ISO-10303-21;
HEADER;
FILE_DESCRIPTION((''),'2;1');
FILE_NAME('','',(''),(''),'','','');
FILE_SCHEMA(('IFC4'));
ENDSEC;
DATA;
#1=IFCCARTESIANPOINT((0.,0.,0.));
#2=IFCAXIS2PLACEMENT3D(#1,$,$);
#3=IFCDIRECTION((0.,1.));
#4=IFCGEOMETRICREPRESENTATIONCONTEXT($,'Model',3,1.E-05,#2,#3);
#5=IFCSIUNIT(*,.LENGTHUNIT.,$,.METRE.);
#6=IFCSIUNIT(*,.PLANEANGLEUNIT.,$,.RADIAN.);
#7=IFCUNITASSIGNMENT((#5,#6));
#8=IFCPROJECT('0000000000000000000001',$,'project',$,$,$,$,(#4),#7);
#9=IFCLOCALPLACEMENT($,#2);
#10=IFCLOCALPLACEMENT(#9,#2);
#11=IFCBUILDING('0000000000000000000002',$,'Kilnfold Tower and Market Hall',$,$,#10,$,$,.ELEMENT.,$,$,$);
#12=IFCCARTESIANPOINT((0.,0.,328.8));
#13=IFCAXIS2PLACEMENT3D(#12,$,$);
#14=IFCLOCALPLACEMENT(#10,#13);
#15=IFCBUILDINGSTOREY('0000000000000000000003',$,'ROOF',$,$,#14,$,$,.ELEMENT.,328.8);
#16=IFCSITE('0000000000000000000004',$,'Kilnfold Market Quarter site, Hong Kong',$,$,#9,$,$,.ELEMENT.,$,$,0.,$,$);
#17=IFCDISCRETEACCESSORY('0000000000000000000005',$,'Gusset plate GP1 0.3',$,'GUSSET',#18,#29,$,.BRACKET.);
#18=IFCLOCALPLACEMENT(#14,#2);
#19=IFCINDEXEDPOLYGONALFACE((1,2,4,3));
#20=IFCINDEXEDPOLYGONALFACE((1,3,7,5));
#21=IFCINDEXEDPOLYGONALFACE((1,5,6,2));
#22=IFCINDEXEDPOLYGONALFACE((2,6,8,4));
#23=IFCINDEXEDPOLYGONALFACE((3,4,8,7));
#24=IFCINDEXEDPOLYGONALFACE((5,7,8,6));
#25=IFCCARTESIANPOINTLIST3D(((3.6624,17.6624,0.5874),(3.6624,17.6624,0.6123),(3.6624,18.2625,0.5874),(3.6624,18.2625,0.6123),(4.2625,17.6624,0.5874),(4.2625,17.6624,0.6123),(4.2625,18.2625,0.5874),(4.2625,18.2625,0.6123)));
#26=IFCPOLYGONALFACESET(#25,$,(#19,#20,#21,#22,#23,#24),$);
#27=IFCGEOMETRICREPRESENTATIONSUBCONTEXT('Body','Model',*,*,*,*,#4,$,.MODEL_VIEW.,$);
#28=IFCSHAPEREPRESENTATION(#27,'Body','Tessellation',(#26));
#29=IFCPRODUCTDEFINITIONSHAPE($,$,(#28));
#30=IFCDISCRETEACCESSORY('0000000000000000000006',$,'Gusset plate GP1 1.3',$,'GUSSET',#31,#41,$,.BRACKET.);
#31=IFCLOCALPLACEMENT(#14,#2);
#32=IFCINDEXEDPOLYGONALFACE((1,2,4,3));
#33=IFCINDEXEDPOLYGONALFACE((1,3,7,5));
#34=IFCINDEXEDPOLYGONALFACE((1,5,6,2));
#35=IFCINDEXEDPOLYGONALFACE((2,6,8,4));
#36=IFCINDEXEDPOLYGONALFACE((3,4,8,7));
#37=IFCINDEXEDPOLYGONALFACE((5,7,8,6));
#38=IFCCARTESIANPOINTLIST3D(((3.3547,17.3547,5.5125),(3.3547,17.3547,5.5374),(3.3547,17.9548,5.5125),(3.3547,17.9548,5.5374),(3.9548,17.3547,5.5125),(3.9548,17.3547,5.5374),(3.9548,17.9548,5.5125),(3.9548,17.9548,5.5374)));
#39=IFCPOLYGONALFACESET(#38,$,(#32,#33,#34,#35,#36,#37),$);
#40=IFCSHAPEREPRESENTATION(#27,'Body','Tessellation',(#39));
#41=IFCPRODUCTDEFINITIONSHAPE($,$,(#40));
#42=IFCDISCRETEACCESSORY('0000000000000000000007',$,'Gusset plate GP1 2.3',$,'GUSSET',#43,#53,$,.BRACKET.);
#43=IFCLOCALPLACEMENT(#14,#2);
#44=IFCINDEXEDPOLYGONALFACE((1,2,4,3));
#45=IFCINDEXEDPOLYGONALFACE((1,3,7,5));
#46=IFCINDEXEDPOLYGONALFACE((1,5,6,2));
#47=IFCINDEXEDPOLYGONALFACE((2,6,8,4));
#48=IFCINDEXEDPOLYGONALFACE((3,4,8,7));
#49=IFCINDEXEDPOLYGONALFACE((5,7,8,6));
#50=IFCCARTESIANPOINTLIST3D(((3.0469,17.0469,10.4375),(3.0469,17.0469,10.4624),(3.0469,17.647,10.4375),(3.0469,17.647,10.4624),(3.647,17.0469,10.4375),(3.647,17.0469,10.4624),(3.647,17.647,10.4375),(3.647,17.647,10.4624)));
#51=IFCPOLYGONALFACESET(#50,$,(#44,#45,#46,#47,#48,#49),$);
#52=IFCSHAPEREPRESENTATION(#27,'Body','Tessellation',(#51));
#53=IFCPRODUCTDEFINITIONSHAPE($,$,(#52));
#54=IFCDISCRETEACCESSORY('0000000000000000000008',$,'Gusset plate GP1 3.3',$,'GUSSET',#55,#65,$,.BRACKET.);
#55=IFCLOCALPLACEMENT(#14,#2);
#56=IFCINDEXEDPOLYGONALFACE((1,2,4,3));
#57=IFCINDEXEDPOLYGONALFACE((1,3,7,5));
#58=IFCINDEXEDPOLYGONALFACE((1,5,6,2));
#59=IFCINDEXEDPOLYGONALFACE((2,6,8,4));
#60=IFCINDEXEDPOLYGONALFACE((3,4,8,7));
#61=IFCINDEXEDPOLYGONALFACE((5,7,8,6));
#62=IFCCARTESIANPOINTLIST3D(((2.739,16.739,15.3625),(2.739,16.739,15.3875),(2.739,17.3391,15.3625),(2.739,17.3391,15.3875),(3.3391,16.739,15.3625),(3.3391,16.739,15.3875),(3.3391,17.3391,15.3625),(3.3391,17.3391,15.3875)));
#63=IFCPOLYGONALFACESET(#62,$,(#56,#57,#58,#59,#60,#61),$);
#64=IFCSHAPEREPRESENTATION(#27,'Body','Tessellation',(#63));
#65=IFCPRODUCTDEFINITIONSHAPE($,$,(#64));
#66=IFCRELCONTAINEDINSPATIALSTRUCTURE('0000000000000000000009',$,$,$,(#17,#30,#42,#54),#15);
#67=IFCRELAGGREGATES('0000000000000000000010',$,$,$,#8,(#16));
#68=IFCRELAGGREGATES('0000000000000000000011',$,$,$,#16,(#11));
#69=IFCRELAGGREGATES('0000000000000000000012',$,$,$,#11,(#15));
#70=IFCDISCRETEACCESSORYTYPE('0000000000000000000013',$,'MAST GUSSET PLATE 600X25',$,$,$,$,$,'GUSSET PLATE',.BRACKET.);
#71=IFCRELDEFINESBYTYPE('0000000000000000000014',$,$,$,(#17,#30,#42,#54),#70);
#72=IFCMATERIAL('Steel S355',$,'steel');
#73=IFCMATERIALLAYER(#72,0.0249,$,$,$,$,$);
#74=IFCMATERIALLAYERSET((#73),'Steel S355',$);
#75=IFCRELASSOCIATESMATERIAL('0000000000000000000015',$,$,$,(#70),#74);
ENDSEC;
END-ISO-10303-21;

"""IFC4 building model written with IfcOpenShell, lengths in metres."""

from ifc_helpers import new_model, si_unit, direction, frame, origin, origin_2d, place, context, subcontext, project, spatial, rectangle, extrude, source, transform, mapped, material, layer, layer_set, type_object, element, save


model = new_model("IFC4")

# Units and contexts
model_context = context("Model", 3, precision=1e-05, world=origin(), true_north=direction((0.0, 1.0)))
body_context = subcontext(model_context, "Body", "Model", "MODEL_VIEW")
ifc_project = project(units=[si_unit("LENGTHUNIT", "METRE"), si_unit("PLANEANGLEUNIT", "RADIAN")], contexts=[model_context])

# Site, building, storey
site_placement = place(None, origin())
site = spatial("IfcSite", under=ifc_project, at=site_placement, Name="Kilnfold Market Quarter site, Hong Kong", CompositionType="ELEMENT", RefElevation=0.0)
building_placement = place(site_placement, origin())
building = spatial("IfcBuilding", under=site, at=building_placement, Name="Kilnfold Tower and Market Hall", CompositionType="ELEMENT")
storey_placement = place(building_placement, frame((0.0, 0.0, 328.8)))
storey = spatial("IfcBuildingStorey", under=building, at=storey_placement, Name="ROOF", CompositionType="ELEMENT", Elevation=328.8)

# Discrete accessories
ifc_material_1 = material(Name="Steel S355", Category="steel")
ifc_layer_1 = layer(ifc_material_1, 0.0249)
ifc_layer_set_1 = layer_set([ifc_layer_1], Name="Steel S355")
discrete_accessory_type_1 = type_object("IfcDiscreteAccessoryType", Name="MAST GUSSET PLATE 600X25", ElementType="GUSSET PLATE", PredefinedType="BRACKET", material=ifc_layer_set_1)
shared_shape_1 = source(origin(), body_context, "Body", "SweptSolid", [
    extrude(rectangle(XDim=0.6001, YDim=0.6001, at=origin_2d()), origin(), (0.0, 0.0, 1.0), 0.0249),
])
for number, where, z_axis, x_axis, name in (
    (1, (3.9624, 17.9624, 0.5874), (0.0, 0.0, 1.0), (1.0, 0.0, 0.0), "Gusset plate GP1 0.3"),
    (2, (3.6548, 17.6548, 5.5125), (0.0, 0.0, 1.0), (1.0, 0.0, 0.0), "Gusset plate GP1 1.3"),
    (3, (3.3469, 17.3469, 10.4375), (0.0, 0.0, 1.0), (1.0, 0.0, 0.0), "Gusset plate GP1 2.3"),
    (4, (3.0391, 17.0391, 15.3625), (0.0, 0.0, 1.0), (1.0, 0.0, 0.0), "Gusset plate GP1 3.3"),
):
    element("IfcDiscreteAccessory", number, at=place(storey_placement, frame(where, z_axis=z_axis, x_axis=x_axis)), inside=storey, type_object=discrete_accessory_type_1, Name=name, ObjectType="GUSSET", PredefinedType="BRACKET", context=body_context, shape_type="MappedRepresentation", body=[
        mapped(shared_shape_1, transform((0.0, 0.0, 0.0))),
    ])

save(model, "model.ifc")
